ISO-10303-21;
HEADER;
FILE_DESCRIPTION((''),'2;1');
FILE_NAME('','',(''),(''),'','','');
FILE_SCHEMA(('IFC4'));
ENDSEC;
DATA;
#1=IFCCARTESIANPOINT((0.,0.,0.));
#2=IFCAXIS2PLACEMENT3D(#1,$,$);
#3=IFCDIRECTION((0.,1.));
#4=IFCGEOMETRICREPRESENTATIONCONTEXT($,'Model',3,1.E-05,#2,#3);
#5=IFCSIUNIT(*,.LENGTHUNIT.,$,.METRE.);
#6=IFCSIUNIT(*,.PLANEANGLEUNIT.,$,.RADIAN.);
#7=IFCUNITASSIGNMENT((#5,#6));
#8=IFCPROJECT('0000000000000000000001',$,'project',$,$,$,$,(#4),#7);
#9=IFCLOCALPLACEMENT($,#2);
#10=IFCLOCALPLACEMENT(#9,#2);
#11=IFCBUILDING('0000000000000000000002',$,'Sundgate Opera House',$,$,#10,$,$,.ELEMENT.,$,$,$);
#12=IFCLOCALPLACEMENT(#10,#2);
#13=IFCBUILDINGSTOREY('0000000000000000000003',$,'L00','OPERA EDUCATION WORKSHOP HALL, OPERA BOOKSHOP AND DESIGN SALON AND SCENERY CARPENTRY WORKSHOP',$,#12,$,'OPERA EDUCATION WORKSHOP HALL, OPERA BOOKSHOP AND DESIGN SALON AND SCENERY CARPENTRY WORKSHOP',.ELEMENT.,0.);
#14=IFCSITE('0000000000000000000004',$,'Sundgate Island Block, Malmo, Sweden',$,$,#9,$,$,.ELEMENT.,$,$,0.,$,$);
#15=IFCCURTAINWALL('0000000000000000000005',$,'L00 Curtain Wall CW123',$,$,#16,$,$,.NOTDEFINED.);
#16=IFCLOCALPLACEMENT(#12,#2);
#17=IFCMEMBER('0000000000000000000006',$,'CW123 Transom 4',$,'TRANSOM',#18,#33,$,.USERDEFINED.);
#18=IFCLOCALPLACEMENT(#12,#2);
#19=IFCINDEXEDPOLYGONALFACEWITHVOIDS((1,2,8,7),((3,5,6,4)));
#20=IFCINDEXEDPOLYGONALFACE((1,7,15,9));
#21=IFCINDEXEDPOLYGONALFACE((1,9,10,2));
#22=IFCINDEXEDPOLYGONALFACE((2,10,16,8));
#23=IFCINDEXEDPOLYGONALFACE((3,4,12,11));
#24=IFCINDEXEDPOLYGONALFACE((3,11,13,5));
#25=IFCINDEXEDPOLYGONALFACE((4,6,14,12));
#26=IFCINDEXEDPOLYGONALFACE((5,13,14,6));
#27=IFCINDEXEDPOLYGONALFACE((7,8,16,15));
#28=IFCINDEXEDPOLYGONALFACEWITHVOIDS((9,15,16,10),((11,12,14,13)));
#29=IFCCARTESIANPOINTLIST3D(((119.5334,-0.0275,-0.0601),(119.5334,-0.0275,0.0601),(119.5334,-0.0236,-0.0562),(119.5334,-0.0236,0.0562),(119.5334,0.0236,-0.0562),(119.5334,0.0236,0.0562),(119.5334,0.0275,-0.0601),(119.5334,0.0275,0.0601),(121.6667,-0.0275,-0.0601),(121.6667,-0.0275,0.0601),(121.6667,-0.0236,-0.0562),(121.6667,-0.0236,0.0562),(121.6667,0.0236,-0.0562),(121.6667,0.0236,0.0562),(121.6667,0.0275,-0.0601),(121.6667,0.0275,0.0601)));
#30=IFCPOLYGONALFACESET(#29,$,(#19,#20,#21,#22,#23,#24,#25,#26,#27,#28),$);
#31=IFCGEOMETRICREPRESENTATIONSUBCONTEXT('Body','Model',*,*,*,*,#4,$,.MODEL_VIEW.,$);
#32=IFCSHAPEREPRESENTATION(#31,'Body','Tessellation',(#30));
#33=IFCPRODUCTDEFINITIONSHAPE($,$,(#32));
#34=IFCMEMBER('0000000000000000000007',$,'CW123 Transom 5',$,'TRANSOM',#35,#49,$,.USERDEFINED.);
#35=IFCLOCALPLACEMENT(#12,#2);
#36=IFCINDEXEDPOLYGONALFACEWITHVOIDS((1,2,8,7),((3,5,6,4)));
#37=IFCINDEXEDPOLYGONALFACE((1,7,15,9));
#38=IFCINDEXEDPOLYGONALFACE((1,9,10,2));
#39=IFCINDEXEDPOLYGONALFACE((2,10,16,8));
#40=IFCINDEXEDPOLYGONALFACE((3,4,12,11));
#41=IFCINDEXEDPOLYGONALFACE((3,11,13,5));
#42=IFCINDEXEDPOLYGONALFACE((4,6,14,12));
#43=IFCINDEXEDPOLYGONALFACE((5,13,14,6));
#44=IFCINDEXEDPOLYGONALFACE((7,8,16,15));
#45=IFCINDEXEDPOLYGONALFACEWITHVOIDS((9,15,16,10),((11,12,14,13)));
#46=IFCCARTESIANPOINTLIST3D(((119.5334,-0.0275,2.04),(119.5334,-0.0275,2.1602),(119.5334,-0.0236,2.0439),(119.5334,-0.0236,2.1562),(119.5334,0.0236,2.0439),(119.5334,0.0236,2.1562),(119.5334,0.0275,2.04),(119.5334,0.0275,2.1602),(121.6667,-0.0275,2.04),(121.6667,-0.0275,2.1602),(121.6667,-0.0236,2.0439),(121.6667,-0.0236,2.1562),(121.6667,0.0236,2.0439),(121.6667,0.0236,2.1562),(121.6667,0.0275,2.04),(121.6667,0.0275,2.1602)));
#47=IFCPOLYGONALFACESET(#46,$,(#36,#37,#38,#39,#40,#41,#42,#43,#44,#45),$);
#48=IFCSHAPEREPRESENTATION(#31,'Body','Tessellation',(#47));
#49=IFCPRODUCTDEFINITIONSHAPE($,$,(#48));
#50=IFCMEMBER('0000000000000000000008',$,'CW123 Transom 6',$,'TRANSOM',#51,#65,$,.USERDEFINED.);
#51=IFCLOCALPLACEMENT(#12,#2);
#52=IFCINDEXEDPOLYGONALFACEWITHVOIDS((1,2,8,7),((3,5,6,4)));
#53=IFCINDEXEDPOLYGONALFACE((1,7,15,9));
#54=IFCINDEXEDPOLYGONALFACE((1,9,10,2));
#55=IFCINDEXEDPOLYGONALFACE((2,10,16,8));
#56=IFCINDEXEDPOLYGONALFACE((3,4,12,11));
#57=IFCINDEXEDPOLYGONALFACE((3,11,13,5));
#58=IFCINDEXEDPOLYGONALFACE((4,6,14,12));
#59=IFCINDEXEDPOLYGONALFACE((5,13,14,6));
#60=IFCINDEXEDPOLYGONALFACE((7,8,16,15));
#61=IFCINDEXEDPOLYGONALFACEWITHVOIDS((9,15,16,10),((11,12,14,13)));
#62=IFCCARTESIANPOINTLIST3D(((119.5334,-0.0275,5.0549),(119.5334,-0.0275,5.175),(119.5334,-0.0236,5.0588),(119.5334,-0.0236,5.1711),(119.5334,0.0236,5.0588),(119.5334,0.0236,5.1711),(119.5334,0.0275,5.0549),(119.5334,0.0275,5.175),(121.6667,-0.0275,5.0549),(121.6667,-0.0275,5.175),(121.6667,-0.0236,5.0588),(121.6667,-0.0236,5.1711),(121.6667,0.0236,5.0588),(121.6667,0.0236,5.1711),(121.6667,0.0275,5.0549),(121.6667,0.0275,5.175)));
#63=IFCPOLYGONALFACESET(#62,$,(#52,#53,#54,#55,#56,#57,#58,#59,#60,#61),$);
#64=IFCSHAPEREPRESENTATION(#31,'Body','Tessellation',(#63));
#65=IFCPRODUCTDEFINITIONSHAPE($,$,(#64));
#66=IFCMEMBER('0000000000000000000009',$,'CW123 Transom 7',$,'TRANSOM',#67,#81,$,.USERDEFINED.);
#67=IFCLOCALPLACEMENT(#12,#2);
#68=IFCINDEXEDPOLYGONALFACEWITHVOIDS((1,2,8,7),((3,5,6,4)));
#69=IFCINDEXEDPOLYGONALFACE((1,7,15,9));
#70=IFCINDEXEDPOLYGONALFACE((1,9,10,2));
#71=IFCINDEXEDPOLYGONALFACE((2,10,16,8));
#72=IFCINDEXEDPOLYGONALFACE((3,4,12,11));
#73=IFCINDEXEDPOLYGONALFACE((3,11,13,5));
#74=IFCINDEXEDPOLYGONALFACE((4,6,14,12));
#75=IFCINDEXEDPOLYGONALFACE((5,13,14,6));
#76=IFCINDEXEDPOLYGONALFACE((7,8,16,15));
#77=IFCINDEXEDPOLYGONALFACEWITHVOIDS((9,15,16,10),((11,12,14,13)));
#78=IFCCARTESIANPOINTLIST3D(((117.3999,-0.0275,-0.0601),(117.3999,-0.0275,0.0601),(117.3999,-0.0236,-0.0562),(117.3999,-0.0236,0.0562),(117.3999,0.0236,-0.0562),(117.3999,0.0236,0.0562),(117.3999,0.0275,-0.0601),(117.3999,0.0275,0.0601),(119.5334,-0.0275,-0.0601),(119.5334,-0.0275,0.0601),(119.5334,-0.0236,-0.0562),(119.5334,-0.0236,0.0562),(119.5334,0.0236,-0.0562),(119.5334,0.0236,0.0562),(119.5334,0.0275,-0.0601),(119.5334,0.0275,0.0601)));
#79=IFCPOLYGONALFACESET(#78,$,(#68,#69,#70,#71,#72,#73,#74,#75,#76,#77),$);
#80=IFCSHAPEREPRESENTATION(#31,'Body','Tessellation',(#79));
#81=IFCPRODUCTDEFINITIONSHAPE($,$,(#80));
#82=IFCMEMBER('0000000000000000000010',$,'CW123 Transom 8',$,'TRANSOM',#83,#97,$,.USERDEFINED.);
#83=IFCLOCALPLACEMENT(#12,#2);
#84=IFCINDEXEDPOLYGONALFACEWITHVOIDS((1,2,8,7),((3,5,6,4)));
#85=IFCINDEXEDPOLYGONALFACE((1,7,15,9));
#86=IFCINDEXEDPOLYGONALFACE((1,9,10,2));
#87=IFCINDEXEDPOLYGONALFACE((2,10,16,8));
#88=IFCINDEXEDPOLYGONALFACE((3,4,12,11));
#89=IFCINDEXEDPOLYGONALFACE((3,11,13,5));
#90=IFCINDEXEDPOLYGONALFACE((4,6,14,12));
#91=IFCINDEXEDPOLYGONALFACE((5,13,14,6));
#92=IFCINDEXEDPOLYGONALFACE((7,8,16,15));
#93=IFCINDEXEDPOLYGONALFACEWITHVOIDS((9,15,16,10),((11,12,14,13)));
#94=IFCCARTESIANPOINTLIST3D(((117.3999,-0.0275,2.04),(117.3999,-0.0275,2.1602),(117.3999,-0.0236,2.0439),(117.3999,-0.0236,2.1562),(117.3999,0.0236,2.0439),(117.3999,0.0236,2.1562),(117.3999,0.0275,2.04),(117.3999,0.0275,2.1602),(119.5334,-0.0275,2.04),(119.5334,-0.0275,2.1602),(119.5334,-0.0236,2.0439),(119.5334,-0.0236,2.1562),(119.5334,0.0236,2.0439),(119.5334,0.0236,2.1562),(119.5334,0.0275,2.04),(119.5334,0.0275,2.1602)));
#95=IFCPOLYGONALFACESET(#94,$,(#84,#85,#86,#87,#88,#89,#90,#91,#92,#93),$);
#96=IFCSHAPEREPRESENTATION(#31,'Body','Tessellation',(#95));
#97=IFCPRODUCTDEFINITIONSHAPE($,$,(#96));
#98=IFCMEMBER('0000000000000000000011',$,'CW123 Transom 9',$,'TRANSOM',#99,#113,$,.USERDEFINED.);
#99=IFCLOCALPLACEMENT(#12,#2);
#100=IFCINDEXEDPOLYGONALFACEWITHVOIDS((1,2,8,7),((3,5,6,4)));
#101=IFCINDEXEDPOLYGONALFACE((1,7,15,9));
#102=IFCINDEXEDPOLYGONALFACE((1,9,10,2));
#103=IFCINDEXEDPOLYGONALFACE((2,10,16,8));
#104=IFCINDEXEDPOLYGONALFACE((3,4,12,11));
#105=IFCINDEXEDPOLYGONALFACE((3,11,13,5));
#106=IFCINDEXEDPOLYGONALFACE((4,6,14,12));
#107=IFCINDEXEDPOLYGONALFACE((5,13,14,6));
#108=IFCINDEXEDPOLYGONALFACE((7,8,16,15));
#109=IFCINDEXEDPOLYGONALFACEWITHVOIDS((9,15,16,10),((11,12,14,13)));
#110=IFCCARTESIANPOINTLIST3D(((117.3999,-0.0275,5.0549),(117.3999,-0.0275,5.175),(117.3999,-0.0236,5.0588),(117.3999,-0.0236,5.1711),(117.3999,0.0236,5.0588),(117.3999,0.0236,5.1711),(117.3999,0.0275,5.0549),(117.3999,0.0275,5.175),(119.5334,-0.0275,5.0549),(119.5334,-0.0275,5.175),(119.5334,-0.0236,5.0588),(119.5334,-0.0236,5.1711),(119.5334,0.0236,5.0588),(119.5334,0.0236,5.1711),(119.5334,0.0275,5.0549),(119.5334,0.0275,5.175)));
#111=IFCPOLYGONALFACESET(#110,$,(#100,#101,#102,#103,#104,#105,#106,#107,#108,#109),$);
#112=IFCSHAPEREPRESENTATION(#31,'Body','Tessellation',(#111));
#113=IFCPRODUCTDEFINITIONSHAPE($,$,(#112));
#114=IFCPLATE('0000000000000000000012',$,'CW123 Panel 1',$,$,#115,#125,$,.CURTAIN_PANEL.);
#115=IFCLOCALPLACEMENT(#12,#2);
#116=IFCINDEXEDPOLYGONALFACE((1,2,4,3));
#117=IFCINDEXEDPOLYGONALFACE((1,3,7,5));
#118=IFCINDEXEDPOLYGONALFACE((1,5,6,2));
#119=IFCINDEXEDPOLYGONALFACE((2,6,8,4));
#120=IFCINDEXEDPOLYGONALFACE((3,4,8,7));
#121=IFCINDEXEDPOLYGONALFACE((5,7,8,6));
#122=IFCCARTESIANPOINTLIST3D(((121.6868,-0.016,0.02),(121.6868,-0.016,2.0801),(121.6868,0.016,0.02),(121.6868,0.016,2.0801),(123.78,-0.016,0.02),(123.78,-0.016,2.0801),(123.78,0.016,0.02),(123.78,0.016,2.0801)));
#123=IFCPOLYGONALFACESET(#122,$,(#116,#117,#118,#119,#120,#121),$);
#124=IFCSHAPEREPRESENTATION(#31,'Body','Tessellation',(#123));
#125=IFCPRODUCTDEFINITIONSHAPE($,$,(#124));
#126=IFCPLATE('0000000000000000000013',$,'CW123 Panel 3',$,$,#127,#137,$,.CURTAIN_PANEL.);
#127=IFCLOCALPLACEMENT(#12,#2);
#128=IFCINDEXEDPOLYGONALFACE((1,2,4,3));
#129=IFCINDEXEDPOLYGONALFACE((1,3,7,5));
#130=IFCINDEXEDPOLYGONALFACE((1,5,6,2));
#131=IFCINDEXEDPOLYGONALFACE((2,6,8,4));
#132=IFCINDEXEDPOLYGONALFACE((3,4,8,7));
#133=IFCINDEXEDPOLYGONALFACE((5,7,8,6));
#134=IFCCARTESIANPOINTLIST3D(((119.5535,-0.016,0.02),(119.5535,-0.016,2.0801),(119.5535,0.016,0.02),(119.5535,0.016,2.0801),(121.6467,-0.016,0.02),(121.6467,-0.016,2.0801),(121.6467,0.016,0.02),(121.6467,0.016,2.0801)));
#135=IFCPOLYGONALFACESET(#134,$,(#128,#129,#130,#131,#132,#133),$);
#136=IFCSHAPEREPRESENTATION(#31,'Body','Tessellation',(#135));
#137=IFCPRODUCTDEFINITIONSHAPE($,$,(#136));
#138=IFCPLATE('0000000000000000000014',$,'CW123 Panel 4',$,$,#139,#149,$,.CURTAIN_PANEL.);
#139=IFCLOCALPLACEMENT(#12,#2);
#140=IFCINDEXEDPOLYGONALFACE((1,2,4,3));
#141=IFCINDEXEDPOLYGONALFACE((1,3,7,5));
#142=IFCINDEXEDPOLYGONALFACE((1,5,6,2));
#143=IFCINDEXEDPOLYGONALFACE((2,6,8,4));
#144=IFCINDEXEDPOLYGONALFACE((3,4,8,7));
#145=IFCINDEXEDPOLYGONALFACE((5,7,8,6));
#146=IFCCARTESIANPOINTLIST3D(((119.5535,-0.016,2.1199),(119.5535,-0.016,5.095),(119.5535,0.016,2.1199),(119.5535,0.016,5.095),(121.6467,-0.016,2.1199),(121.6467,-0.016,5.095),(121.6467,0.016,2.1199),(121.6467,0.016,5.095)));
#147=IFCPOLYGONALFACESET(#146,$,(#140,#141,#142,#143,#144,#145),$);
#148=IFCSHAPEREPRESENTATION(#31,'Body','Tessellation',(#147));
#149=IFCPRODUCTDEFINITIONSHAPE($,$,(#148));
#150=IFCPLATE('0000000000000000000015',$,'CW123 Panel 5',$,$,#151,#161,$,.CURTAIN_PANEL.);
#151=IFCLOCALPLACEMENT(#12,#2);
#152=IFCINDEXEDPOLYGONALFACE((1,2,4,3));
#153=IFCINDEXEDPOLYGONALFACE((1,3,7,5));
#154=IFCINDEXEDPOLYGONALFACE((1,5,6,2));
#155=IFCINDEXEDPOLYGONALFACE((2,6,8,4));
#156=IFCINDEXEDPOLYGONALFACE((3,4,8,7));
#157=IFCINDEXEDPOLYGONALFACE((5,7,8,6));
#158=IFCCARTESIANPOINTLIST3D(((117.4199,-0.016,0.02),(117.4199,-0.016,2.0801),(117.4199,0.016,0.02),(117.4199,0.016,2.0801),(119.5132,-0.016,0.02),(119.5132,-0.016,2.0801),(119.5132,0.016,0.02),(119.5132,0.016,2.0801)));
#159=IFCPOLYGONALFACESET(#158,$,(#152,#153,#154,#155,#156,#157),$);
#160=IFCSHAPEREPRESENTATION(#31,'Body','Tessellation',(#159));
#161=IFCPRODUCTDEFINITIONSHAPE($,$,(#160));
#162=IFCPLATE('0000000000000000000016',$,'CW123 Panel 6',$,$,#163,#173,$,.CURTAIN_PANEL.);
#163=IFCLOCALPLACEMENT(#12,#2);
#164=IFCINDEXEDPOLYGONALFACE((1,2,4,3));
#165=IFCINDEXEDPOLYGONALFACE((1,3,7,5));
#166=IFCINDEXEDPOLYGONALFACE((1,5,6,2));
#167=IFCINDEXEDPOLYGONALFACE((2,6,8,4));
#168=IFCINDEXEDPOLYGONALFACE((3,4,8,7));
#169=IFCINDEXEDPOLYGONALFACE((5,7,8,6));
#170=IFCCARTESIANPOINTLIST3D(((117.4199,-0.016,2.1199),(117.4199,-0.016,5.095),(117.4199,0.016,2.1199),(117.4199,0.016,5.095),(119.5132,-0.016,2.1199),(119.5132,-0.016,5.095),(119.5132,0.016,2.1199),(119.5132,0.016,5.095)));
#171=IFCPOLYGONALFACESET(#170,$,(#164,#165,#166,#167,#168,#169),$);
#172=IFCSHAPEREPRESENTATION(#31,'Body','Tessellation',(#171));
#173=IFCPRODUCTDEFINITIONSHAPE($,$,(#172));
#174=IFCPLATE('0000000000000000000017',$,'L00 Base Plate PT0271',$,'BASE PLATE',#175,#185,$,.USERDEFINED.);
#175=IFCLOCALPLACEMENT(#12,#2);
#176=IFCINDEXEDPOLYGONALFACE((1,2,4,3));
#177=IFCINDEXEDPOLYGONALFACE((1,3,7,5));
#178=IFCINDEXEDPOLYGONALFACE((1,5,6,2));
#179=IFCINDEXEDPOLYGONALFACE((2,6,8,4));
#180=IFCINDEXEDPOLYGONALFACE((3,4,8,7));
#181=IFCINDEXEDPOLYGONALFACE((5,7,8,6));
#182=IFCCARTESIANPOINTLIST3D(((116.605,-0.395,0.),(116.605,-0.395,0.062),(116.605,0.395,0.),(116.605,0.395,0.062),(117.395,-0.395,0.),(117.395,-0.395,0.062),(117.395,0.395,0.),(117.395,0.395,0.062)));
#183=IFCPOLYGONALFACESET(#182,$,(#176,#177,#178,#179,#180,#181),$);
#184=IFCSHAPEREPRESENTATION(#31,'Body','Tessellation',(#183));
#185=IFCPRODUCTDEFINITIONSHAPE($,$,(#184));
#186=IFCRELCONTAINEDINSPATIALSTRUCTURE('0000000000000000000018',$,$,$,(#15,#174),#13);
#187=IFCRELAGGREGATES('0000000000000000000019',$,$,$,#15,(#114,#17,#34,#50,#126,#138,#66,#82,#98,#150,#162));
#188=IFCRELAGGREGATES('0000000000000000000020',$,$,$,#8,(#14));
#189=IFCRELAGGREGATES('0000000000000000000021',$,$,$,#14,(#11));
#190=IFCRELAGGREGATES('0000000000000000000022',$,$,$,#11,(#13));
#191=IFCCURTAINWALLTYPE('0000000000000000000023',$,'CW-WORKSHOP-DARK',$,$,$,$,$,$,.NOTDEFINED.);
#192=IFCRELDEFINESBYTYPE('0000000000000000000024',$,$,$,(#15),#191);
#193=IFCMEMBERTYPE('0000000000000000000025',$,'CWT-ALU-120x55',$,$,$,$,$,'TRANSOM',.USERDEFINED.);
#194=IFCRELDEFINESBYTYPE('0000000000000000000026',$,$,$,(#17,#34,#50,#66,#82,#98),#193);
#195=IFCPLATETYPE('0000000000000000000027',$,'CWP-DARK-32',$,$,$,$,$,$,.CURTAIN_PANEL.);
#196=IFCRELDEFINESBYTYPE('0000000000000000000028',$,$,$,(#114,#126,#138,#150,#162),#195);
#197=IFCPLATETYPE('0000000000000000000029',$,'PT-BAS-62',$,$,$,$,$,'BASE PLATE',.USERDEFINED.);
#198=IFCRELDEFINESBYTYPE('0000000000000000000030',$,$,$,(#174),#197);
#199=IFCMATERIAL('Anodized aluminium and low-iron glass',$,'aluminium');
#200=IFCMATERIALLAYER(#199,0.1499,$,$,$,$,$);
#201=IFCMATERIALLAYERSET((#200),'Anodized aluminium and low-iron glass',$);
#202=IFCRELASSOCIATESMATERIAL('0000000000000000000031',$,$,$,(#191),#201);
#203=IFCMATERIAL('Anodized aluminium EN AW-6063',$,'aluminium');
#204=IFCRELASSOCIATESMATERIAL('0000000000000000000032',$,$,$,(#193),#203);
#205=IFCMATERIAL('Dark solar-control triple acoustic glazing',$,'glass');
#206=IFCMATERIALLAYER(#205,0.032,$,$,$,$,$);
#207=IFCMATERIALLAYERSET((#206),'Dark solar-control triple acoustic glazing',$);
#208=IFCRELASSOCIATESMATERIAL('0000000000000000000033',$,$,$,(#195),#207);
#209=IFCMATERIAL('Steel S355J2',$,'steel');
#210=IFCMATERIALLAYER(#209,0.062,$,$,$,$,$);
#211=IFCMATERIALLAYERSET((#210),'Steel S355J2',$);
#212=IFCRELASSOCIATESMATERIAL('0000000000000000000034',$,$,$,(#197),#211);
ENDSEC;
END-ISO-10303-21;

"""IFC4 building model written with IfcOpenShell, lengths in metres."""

from ifc_helpers import new_model, si_unit, direction, frame, origin, origin_2d, place, context, subcontext, project, spatial, rectangle, hollow_rectangle, extrude, material, layer, layer_set, material_profile, profile_set, type_object, element, aggregate, save


model = new_model("IFC4")

# Units and contexts
model_context = context("Model", 3, precision=1e-05, world=origin(), true_north=direction((0.0, 1.0)))
body_context = subcontext(model_context, "Body", "Model", "MODEL_VIEW")
ifc_project = project(units=[si_unit("LENGTHUNIT", "METRE"), si_unit("PLANEANGLEUNIT", "RADIAN")], contexts=[model_context])

# Site, building, storey
site_placement = place(None, origin())
site = spatial("IfcSite", under=ifc_project, at=site_placement, Name="Sundgate Island Block, Malmo, Sweden", CompositionType="ELEMENT", RefElevation=0.0)
building_placement = place(site_placement, origin())
building = spatial("IfcBuilding", under=site, at=building_placement, Name="Sundgate Opera House", CompositionType="ELEMENT")
storey_placement = place(building_placement, origin())
storey = spatial("IfcBuildingStorey", under=building, at=storey_placement, Name="L00", Description="OPERA EDUCATION WORKSHOP HALL, OPERA BOOKSHOP AND DESIGN SALON AND SCENERY CARPENTRY WORKSHOP", LongName="OPERA EDUCATION WORKSHOP HALL, OPERA BOOKSHOP AND DESIGN SALON AND SCENERY CARPENTRY WORKSHOP", CompositionType="ELEMENT", Elevation=0.0)

# Curtain wall, members, plates
ifc_material_1 = material(Name="Anodized aluminium and low-iron glass", Category="aluminium")
ifc_layer_1 = layer(ifc_material_1, 0.1499)
ifc_layer_set_1 = layer_set([ifc_layer_1], Name="Anodized aluminium and low-iron glass")
curtain_wall_type = type_object("IfcCurtainWallType", Name="CW-WORKSHOP-DARK", PredefinedType="NOTDEFINED", material=ifc_layer_set_1)
curtain_wall_placement = place(storey_placement, origin())
curtain_wall = element("IfcCurtainWall", 1, at=curtain_wall_placement, inside=storey, type_object=curtain_wall_type, Name="L00 Curtain Wall CW123", PredefinedType="NOTDEFINED")
ifc_material_2 = material(Name="Anodized aluminium EN AW-6063", Category="aluminium")
ifc_material_profile_1 = material_profile(ifc_material_2, hollow_rectangle(XDim=0.0549, YDim=0.1201, WallThickness=0.0039, at=origin_2d()), Name="CWT 120x55x4")
ifc_profile_set_1 = profile_set([ifc_material_profile_1], Name="Anodized aluminium EN AW-6063")
member_type_1 = type_object("IfcMemberType", Name="CWT-ALU-120x55", ElementType="TRANSOM", PredefinedType="USERDEFINED", material=ifc_profile_set_1)
member_1_placement = place(storey_placement, frame((121.6667, 0.0, 0.0), z_axis=(-1.0, 0.0, 0.0), x_axis=(0.0, -1.0, 0.0)))
member_1 = element("IfcMember", 2, at=member_1_placement, type_object=member_type_1, Name="CW123 Transom 4", ObjectType="TRANSOM", PredefinedType="USERDEFINED", context=body_context, shape_type="SweptSolid", body=[
    extrude(hollow_rectangle(XDim=0.0549, YDim=0.1201, WallThickness=0.0039, at=origin_2d()), origin(), (0.0, 0.0, 1.0), 2.1333),
])
member_2_placement = place(storey_placement, frame((121.6667, 0.0, 2.1001), z_axis=(-1.0, 0.0, 0.0), x_axis=(0.0, -1.0, 0.0)))
member_2 = element("IfcMember", 3, at=member_2_placement, type_object=member_type_1, Name="CW123 Transom 5", ObjectType="TRANSOM", PredefinedType="USERDEFINED", context=body_context, shape_type="SweptSolid", body=[
    extrude(hollow_rectangle(XDim=0.0549, YDim=0.1201, WallThickness=0.0039, at=origin_2d()), origin(), (0.0, 0.0, 1.0), 2.1333),
])
member_3_placement = place(storey_placement, frame((121.6667, 0.0, 5.115), z_axis=(-1.0, 0.0, 0.0), x_axis=(0.0, -1.0, 0.0)))
member_3 = element("IfcMember", 4, at=member_3_placement, type_object=member_type_1, Name="CW123 Transom 6", ObjectType="TRANSOM", PredefinedType="USERDEFINED", context=body_context, shape_type="SweptSolid", body=[
    extrude(hollow_rectangle(XDim=0.0549, YDim=0.1201, WallThickness=0.0039, at=origin_2d()), origin(), (0.0, 0.0, 1.0), 2.1333),
])
member_4_placement = place(storey_placement, frame((119.5334, 0.0, 0.0), z_axis=(-1.0, 0.0, 0.0), x_axis=(0.0, -1.0, 0.0)))
member_4 = element("IfcMember", 5, at=member_4_placement, type_object=member_type_1, Name="CW123 Transom 7", ObjectType="TRANSOM", PredefinedType="USERDEFINED", context=body_context, shape_type="SweptSolid", body=[
    extrude(hollow_rectangle(XDim=0.0549, YDim=0.1201, WallThickness=0.0039, at=origin_2d()), origin(), (0.0, 0.0, 1.0), 2.1335),
])
member_5_placement = place(storey_placement, frame((119.5334, 0.0, 2.1001), z_axis=(-1.0, 0.0, 0.0), x_axis=(0.0, -1.0, 0.0)))
member_5 = element("IfcMember", 6, at=member_5_placement, type_object=member_type_1, Name="CW123 Transom 8", ObjectType="TRANSOM", PredefinedType="USERDEFINED", context=body_context, shape_type="SweptSolid", body=[
    extrude(hollow_rectangle(XDim=0.0549, YDim=0.1201, WallThickness=0.0039, at=origin_2d()), origin(), (0.0, 0.0, 1.0), 2.1335),
])
member_6_placement = place(storey_placement, frame((119.5334, 0.0, 5.115), z_axis=(-1.0, 0.0, 0.0), x_axis=(0.0, -1.0, 0.0)))
member_6 = element("IfcMember", 7, at=member_6_placement, type_object=member_type_1, Name="CW123 Transom 9", ObjectType="TRANSOM", PredefinedType="USERDEFINED", context=body_context, shape_type="SweptSolid", body=[
    extrude(hollow_rectangle(XDim=0.0549, YDim=0.1201, WallThickness=0.0039, at=origin_2d()), origin(), (0.0, 0.0, 1.0), 2.1335),
])
ifc_material_3 = material(Name="Dark solar-control triple acoustic glazing", Category="glass")
ifc_layer_2 = layer(ifc_material_3, 0.032)
ifc_layer_set_2 = layer_set([ifc_layer_2], Name="Dark solar-control triple acoustic glazing")
plate_type_1 = type_object("IfcPlateType", Name="CWP-DARK-32", PredefinedType="CURTAIN_PANEL", material=ifc_layer_set_2)
plate_1_placement = place(storey_placement, frame((122.7334, 0.0, 0.02), z_axis=(0.0, 0.0, 1.0), x_axis=(-1.0, 0.0, 0.0)))
plate_1 = element("IfcPlate", 8, at=plate_1_placement, type_object=plate_type_1, Name="CW123 Panel 1", PredefinedType="CURTAIN_PANEL", context=body_context, shape_type="SweptSolid", body=[
    extrude(rectangle(XDim=2.0933, YDim=0.032, at=origin_2d()), origin(), (0.0, 0.0, 1.0), 2.0601),
])
plate_2_placement = place(storey_placement, frame((120.6001, 0.0, 0.02), z_axis=(0.0, 0.0, 1.0), x_axis=(-1.0, 0.0, 0.0)))
plate_2 = element("IfcPlate", 9, at=plate_2_placement, type_object=plate_type_1, Name="CW123 Panel 3", PredefinedType="CURTAIN_PANEL", context=body_context, shape_type="SweptSolid", body=[
    extrude(rectangle(XDim=2.0933, YDim=0.032, at=origin_2d()), origin(), (0.0, 0.0, 1.0), 2.0601),
])
plate_3_placement = place(storey_placement, frame((120.6001, 0.0, 2.1199), z_axis=(0.0, 0.0, 1.0), x_axis=(-1.0, 0.0, 0.0)))
plate_3 = element("IfcPlate", 10, at=plate_3_placement, type_object=plate_type_1, Name="CW123 Panel 4", PredefinedType="CURTAIN_PANEL", context=body_context, shape_type="SweptSolid", body=[
    extrude(rectangle(XDim=2.0933, YDim=0.032, at=origin_2d()), origin(), (0.0, 0.0, 1.0), 2.9751),
])
plate_4_placement = place(storey_placement, frame((118.4666, 0.0, 0.02), z_axis=(0.0, 0.0, 1.0), x_axis=(-1.0, 0.0, 0.0)))
plate_4 = element("IfcPlate", 11, at=plate_4_placement, type_object=plate_type_1, Name="CW123 Panel 5", PredefinedType="CURTAIN_PANEL", context=body_context, shape_type="SweptSolid", body=[
    extrude(rectangle(XDim=2.0933, YDim=0.032, at=origin_2d()), origin(), (0.0, 0.0, 1.0), 2.0601),
])
plate_5_placement = place(storey_placement, frame((118.4666, 0.0, 2.1199), z_axis=(0.0, 0.0, 1.0), x_axis=(-1.0, 0.0, 0.0)))
plate_5 = element("IfcPlate", 12, at=plate_5_placement, type_object=plate_type_1, Name="CW123 Panel 6", PredefinedType="CURTAIN_PANEL", context=body_context, shape_type="SweptSolid", body=[
    extrude(rectangle(XDim=2.0933, YDim=0.032, at=origin_2d()), origin(), (0.0, 0.0, 1.0), 2.9751),
])
aggregate(curtain_wall, [plate_1, member_1, member_2, member_3, plate_2, plate_3, member_4, member_5, member_6, plate_4, plate_5])

# Plate
ifc_material_4 = material(Name="Steel S355J2", Category="steel")
ifc_layer_3 = layer(ifc_material_4, 0.062)
ifc_layer_set_3 = layer_set([ifc_layer_3], Name="Steel S355J2")
plate_type_2 = type_object("IfcPlateType", Name="PT-BAS-62", ElementType="BASE PLATE", PredefinedType="USERDEFINED", material=ifc_layer_set_3)
plate_6_placement = place(storey_placement, frame((117.0, 0.0, 0.0), z_axis=(0.0, 0.0, 1.0), x_axis=(1.0, 0.0, 0.0)))
element("IfcPlate", 13, at=plate_6_placement, inside=storey, type_object=plate_type_2, Name="L00 Base Plate PT0271", ObjectType="BASE PLATE", PredefinedType="USERDEFINED", context=body_context, shape_type="SweptSolid", body=[
    extrude(rectangle(XDim=0.79, YDim=0.79, at=origin_2d()), origin(), (0.0, 0.0, 1.0), 0.062),
])

save(model, "model.ifc")
